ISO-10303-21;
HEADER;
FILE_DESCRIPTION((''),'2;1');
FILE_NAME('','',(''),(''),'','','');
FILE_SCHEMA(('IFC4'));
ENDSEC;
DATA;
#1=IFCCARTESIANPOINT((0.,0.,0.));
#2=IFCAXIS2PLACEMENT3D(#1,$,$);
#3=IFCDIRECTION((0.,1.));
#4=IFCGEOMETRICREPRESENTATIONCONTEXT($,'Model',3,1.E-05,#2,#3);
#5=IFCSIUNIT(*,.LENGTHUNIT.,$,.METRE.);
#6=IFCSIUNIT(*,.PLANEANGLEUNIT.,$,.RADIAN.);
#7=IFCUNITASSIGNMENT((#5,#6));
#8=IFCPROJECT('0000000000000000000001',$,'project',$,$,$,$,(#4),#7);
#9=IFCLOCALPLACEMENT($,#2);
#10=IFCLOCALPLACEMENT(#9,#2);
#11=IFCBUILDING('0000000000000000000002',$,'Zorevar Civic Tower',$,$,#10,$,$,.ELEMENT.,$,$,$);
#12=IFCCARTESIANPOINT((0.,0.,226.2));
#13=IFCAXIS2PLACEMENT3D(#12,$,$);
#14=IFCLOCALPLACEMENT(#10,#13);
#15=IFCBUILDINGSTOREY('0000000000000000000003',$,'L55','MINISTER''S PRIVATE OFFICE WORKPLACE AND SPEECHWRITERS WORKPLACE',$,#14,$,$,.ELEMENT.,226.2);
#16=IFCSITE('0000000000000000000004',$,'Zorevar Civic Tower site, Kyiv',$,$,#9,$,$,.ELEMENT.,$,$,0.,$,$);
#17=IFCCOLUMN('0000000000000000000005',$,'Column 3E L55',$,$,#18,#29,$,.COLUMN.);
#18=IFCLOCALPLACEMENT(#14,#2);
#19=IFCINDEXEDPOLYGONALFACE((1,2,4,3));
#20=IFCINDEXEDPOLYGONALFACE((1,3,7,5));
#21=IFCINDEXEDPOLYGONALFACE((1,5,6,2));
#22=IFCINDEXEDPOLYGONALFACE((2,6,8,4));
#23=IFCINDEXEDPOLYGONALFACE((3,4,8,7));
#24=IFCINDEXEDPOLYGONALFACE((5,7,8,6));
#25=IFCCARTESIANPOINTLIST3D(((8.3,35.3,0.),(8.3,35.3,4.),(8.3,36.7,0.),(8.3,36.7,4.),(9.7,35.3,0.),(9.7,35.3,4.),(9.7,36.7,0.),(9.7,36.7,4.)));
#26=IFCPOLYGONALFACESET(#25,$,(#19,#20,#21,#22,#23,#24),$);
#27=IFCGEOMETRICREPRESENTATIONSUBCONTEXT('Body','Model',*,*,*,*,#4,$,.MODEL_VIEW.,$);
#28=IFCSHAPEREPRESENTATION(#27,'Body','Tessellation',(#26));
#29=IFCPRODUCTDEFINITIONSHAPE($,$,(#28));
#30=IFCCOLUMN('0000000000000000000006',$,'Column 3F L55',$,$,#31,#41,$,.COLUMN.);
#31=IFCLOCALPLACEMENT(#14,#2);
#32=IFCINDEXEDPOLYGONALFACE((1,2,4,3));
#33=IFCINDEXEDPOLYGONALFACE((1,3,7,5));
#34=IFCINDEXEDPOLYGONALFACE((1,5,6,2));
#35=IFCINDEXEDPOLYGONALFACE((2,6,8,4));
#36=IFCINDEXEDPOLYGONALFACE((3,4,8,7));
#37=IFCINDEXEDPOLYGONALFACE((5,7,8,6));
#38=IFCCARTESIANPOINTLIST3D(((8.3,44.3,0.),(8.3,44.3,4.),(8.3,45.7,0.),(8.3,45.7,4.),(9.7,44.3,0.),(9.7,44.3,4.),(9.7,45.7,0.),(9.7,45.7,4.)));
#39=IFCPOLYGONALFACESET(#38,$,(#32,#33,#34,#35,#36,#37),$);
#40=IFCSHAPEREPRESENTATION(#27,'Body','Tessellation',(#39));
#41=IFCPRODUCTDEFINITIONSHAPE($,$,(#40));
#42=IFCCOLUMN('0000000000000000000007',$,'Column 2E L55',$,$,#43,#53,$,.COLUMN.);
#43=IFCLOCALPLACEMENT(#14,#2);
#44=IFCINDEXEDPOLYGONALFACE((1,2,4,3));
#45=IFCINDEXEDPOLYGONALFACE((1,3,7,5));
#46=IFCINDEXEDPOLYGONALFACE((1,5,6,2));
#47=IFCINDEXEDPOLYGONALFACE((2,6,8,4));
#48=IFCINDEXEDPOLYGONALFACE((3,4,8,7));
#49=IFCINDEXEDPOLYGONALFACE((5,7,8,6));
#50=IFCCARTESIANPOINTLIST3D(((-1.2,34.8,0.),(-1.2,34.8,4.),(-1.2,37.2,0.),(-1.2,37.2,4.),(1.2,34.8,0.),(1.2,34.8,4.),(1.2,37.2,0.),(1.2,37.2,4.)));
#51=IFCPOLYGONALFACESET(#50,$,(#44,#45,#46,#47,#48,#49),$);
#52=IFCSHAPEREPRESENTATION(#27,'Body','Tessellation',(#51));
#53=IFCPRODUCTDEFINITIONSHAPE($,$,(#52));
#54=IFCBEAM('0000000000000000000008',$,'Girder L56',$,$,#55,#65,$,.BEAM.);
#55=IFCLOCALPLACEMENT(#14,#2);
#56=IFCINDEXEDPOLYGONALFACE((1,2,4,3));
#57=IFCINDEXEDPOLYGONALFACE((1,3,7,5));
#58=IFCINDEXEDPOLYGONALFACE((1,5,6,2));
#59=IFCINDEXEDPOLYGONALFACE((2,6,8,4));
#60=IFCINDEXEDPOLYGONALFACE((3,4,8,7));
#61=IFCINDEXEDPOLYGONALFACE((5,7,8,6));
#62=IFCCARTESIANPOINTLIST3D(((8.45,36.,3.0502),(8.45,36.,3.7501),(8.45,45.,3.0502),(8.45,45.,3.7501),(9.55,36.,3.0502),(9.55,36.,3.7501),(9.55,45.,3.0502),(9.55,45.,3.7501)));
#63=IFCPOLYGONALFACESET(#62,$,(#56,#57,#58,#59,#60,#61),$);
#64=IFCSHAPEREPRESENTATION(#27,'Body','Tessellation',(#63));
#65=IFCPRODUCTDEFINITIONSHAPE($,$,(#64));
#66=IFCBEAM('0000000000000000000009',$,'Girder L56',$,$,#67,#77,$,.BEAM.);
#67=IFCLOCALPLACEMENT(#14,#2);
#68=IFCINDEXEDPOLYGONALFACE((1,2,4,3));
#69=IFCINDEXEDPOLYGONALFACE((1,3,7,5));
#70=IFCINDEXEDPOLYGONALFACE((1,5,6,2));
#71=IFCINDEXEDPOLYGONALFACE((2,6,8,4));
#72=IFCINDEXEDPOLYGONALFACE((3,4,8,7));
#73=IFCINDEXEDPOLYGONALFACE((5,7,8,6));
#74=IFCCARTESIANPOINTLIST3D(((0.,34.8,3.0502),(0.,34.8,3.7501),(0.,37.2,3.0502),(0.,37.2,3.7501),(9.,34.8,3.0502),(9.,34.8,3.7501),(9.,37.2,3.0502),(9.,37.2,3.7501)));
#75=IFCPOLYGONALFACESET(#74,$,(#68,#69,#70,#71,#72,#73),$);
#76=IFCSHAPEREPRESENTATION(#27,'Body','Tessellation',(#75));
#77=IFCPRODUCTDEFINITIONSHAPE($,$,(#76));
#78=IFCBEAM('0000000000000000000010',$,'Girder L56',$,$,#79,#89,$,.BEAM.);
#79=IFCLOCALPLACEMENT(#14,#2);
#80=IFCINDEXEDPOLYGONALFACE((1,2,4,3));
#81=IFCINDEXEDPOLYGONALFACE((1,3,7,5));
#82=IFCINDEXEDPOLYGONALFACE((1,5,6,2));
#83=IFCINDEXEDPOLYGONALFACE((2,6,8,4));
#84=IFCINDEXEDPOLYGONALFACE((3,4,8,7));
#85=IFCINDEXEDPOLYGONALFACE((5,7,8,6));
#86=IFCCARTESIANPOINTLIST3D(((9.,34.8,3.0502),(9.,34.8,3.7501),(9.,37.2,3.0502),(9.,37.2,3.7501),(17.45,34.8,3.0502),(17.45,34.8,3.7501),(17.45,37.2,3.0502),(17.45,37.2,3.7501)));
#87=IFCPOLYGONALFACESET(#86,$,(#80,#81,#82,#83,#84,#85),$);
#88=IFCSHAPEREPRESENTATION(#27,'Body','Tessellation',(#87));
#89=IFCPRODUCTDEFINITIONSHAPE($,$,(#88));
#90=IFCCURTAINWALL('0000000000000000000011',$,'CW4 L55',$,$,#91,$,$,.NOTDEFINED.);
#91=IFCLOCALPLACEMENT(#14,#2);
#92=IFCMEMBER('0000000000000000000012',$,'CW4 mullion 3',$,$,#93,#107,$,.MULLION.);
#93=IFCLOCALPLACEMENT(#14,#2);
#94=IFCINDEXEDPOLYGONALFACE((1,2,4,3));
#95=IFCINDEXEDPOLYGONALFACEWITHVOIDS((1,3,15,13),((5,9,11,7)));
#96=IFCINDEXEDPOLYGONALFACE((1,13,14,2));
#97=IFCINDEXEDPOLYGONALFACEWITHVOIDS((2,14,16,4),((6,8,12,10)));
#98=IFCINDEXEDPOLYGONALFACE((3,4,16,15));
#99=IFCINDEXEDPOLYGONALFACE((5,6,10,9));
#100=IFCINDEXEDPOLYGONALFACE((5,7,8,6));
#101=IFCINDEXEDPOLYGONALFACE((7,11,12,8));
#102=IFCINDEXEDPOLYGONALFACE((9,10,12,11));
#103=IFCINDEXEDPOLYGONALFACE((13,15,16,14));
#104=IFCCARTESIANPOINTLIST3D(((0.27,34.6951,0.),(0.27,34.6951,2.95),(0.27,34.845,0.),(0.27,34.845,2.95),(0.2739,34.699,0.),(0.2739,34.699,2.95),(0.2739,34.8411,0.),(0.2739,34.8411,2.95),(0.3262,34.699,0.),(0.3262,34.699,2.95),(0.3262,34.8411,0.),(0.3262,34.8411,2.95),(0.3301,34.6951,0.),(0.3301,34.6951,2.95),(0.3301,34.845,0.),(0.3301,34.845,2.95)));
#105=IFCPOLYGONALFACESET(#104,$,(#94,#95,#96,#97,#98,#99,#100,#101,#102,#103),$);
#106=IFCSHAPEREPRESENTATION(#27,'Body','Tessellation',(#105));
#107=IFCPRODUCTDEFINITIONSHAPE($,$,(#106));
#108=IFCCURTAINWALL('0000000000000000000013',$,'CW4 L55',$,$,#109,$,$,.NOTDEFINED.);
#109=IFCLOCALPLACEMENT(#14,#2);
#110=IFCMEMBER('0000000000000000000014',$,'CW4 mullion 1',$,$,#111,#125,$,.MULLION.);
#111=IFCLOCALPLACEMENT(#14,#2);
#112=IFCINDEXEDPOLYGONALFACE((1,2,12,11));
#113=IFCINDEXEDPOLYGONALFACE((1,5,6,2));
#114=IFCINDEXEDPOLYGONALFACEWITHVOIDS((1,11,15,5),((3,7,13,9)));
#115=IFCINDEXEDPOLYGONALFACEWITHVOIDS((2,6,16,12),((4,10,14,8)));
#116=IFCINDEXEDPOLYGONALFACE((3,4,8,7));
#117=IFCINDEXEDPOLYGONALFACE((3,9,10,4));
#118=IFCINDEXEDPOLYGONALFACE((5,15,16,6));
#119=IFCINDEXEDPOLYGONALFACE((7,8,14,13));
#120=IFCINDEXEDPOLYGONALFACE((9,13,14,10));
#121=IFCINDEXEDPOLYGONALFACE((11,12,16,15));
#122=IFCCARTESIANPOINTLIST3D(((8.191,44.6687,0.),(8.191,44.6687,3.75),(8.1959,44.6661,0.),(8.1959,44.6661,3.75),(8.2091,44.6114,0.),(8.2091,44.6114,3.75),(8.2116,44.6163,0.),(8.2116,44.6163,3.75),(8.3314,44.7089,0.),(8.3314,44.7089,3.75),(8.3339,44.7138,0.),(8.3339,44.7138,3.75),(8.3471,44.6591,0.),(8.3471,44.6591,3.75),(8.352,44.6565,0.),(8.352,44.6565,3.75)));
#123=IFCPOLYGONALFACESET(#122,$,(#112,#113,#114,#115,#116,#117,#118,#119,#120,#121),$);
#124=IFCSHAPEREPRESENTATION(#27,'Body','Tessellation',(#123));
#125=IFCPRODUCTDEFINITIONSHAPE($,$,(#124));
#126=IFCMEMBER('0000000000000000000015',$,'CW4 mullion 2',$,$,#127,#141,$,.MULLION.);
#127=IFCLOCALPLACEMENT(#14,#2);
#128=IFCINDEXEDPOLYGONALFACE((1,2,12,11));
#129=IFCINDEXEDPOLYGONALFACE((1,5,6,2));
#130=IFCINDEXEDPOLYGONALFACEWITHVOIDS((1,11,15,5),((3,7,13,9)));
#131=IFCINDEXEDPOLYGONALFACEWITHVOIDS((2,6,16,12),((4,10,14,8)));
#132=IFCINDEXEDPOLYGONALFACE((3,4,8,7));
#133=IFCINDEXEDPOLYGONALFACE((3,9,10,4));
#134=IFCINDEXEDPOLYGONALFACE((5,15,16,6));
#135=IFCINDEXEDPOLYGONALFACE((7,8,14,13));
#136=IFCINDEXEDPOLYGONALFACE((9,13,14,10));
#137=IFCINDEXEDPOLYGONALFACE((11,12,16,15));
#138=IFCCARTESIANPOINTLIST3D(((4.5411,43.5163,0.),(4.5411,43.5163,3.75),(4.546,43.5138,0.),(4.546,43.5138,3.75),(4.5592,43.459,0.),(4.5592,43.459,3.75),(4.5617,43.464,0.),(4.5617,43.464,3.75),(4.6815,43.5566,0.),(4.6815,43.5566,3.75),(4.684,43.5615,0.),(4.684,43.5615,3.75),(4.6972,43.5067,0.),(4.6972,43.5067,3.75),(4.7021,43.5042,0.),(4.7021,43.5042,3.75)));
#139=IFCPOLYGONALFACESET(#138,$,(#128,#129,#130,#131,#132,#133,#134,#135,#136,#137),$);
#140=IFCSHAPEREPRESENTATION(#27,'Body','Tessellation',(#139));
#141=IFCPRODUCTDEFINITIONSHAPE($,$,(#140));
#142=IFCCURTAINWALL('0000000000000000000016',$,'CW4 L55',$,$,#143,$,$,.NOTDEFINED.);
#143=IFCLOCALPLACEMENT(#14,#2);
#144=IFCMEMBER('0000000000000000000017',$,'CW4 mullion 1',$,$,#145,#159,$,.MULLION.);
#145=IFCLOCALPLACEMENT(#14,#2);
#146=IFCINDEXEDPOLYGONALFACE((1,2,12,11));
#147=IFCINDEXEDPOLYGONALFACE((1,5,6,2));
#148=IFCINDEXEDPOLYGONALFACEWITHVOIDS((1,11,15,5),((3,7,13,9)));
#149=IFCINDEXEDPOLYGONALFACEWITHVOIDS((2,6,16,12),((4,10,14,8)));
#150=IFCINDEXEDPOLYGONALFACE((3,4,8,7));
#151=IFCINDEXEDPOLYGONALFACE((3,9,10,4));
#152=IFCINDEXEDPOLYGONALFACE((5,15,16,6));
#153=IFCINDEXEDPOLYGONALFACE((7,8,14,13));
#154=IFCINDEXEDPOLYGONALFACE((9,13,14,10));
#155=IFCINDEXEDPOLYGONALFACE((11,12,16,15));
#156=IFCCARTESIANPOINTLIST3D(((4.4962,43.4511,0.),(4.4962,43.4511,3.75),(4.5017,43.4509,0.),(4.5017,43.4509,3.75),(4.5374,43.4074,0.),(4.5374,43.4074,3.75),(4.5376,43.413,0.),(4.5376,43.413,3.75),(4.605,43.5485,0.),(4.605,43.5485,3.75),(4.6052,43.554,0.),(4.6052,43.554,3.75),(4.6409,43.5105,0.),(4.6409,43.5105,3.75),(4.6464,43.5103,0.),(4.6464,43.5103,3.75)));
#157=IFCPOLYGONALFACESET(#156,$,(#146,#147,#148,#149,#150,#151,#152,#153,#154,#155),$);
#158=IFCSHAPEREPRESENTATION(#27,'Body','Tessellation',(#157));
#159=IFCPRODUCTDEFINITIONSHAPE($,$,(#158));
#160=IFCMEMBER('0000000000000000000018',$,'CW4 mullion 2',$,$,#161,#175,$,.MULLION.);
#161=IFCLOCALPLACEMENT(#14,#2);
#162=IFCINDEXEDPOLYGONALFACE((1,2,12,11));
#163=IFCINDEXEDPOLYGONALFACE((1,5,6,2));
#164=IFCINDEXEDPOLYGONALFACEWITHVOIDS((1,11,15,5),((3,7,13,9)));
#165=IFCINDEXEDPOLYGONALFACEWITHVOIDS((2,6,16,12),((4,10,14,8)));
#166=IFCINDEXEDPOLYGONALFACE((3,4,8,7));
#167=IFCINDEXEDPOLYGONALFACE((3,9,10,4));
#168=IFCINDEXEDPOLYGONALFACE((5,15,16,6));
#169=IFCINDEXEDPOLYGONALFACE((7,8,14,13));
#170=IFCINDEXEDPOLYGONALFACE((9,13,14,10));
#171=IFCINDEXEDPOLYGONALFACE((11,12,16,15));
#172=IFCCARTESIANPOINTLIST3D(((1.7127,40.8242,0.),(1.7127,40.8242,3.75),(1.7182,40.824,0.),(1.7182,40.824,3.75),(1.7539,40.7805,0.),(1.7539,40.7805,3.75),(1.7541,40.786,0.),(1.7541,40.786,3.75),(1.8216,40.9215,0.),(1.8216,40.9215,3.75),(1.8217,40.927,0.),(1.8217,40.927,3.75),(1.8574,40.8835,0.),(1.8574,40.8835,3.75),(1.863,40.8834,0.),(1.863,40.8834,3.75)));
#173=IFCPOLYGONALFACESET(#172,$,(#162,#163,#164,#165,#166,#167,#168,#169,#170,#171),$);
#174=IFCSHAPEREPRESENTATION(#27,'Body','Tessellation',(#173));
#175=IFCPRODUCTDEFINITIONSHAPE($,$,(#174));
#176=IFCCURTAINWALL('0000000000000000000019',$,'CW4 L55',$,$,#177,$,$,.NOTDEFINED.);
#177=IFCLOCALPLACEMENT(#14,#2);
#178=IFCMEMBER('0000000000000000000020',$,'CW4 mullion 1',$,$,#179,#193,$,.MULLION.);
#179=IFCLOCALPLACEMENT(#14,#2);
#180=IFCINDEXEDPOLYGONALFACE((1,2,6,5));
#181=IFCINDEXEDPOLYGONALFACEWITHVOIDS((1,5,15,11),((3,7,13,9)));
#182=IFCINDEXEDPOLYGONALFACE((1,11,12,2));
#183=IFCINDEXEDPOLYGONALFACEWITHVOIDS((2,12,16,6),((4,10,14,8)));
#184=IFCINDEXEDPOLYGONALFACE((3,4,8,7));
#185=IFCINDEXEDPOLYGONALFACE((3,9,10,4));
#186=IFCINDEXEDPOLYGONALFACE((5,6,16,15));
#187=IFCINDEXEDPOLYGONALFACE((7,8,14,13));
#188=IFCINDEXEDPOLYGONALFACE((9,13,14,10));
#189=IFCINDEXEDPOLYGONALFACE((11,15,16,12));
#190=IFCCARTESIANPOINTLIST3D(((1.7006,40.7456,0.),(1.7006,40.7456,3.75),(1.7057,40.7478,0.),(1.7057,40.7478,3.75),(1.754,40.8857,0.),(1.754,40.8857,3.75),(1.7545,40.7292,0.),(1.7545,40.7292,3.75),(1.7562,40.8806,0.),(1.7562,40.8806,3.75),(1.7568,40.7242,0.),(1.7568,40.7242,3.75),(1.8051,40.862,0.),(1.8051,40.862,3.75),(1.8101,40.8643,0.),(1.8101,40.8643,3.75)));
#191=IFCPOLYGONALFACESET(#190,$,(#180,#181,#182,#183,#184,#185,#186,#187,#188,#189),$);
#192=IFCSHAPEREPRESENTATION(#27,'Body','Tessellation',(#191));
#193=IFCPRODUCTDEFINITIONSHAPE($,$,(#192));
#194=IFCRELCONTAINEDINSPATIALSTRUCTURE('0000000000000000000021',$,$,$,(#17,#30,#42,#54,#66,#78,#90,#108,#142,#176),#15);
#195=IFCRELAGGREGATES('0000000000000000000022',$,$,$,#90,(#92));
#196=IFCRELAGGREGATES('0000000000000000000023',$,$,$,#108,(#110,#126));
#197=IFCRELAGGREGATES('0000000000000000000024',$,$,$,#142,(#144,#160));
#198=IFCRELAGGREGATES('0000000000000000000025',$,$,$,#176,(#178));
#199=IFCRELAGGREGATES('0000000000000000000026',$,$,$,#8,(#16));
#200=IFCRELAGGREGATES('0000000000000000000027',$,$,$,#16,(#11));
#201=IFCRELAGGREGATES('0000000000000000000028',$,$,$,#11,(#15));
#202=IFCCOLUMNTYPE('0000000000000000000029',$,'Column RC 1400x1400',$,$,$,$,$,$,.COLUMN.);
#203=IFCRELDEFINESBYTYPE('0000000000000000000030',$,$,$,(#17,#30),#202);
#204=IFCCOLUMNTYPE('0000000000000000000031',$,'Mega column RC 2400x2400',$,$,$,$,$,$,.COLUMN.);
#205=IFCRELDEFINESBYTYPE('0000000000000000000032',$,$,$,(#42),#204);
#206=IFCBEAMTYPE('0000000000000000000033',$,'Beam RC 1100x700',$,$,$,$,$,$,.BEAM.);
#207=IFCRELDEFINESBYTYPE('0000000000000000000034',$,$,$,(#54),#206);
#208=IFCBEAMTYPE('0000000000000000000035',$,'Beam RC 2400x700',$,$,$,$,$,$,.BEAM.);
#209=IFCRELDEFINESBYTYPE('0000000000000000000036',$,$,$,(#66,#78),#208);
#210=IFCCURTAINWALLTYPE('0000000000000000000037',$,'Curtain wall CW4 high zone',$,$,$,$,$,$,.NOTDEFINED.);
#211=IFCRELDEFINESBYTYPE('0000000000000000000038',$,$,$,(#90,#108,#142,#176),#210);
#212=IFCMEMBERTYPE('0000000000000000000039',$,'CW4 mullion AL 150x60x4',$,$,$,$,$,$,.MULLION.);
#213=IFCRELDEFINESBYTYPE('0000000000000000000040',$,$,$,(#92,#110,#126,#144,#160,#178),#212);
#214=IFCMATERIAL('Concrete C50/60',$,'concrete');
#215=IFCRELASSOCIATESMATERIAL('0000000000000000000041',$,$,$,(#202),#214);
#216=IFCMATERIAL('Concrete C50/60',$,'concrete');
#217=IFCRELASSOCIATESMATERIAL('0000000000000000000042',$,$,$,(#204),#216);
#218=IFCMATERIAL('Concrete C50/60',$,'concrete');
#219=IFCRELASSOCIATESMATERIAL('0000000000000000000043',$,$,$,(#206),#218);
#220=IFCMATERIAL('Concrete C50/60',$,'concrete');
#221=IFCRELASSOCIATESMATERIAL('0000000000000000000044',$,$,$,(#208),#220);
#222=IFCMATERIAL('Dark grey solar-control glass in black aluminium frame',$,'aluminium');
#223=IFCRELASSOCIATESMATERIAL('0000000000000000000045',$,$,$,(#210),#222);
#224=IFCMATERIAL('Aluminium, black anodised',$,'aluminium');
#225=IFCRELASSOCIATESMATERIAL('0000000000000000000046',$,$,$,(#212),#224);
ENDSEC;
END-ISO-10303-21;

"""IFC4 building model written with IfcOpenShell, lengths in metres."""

from ifc_helpers import new_model, si_unit, direction, frame, origin, origin_2d, place, context, subcontext, project, spatial, rectangle, hollow_rectangle, extrude, material, material_profile, profile_set, type_object, element, aggregate, save


model = new_model("IFC4")

# Units and contexts
model_context = context("Model", 3, precision=1e-05, world=origin(), true_north=direction((0.0, 1.0)))
body_context = subcontext(model_context, "Body", "Model", "MODEL_VIEW")
ifc_project = project(units=[si_unit("LENGTHUNIT", "METRE"), si_unit("PLANEANGLEUNIT", "RADIAN")], contexts=[model_context])

# Site, building, storey
site_placement = place(None, origin())
site = spatial("IfcSite", under=ifc_project, at=site_placement, Name="Zorevar Civic Tower site, Kyiv", CompositionType="ELEMENT", RefElevation=0.0)
building_placement = place(site_placement, origin())
building = spatial("IfcBuilding", under=site, at=building_placement, Name="Zorevar Civic Tower", CompositionType="ELEMENT")
storey_placement = place(building_placement, frame((0.0, 0.0, 226.2)))
storey = spatial("IfcBuildingStorey", under=building, at=storey_placement, Name="L55", Description="MINISTER'S PRIVATE OFFICE WORKPLACE AND SPEECHWRITERS WORKPLACE", CompositionType="ELEMENT", Elevation=226.2)

# Columns
ifc_material_1 = material(Name="Concrete C50/60", Category="concrete")
ifc_material_profile_1 = material_profile(ifc_material_1, rectangle(XDim=1.3999, YDim=1.3999, at=origin_2d()), Name="RC 1400x1400")
ifc_profile_set_1 = profile_set([ifc_material_profile_1], Name="Concrete C50/60")
column_type_1 = type_object("IfcColumnType", Name="Column RC 1400x1400", PredefinedType="COLUMN", material=ifc_profile_set_1)
for number, where, z_axis, x_axis, name in (
    (1, (9.0, 36.0, 0.0), (0.0, 0.0, 1.0), (1.0, 0.0, 0.0), "Column 3E L55"),
    (2, (9.0, 45.0, 0.0), (0.0, 0.0, 1.0), (1.0, 0.0, 0.0), "Column 3F L55"),
):
    element("IfcColumn", number, at=place(storey_placement, frame(where, z_axis=z_axis, x_axis=x_axis)), inside=storey, type_object=column_type_1, Name=name, PredefinedType="COLUMN", context=body_context, shape_type="SweptSolid", body=[
        extrude(rectangle(XDim=1.3999, YDim=1.3999, at=origin_2d()), origin(), (0.0, 0.0, 1.0), 4.0),
    ])
ifc_material_2 = material(Name="Concrete C50/60", Category="concrete")
ifc_material_profile_2 = material_profile(ifc_material_2, rectangle(XDim=2.3999, YDim=2.3999, at=origin_2d()), Name="RC 2400x2400")
ifc_profile_set_2 = profile_set([ifc_material_profile_2], Name="Concrete C50/60")
column_type_2 = type_object("IfcColumnType", Name="Mega column RC 2400x2400", PredefinedType="COLUMN", material=ifc_profile_set_2)
column_placement = place(storey_placement, frame((0.0, 36.0, 0.0), z_axis=(0.0, 0.0, 1.0), x_axis=(1.0, 0.0, 0.0)))
element("IfcColumn", 3, at=column_placement, inside=storey, type_object=column_type_2, Name="Column 2E L55", PredefinedType="COLUMN", context=body_context, shape_type="SweptSolid", body=[
    extrude(rectangle(XDim=2.3999, YDim=2.3999, at=origin_2d()), origin(), (0.0, 0.0, 1.0), 4.0),
])

# Beams
ifc_material_3 = material(Name="Concrete C50/60", Category="concrete")
ifc_material_profile_3 = material_profile(ifc_material_3, rectangle(XDim=1.1001, YDim=0.7, at=origin_2d()), Name="RC 1100x700")
ifc_profile_set_3 = profile_set([ifc_material_profile_3], Name="Concrete C50/60")
beam_type_1 = type_object("IfcBeamType", Name="Beam RC 1100x700", PredefinedType="BEAM", material=ifc_profile_set_3)
beam_1_placement = place(storey_placement, frame((9.0, 36.0, 3.4001), z_axis=(0.0, 1.0, 0.0), x_axis=(-1.0, 0.0, 0.0)))
element("IfcBeam", 4, at=beam_1_placement, inside=storey, type_object=beam_type_1, Name="Girder L56", PredefinedType="BEAM", context=body_context, shape_type="SweptSolid", body=[
    extrude(rectangle(XDim=1.1001, YDim=0.7, at=origin_2d()), origin(), (0.0, 0.0, 1.0), 9.0),
])
ifc_material_4 = material(Name="Concrete C50/60", Category="concrete")
ifc_material_profile_4 = material_profile(ifc_material_4, rectangle(XDim=2.3999, YDim=0.7, at=origin_2d()), Name="RC 2400x700")
ifc_profile_set_4 = profile_set([ifc_material_profile_4], Name="Concrete C50/60")
beam_type_2 = type_object("IfcBeamType", Name="Beam RC 2400x700", PredefinedType="BEAM", material=ifc_profile_set_4)
beam_2_placement = place(storey_placement, frame((0.0, 36.0, 3.4001), z_axis=(1.0, 0.0, 0.0), x_axis=(0.0, 1.0, 0.0)))
element("IfcBeam", 5, at=beam_2_placement, inside=storey, type_object=beam_type_2, Name="Girder L56", PredefinedType="BEAM", context=body_context, shape_type="SweptSolid", body=[
    extrude(rectangle(XDim=2.3999, YDim=0.7, at=origin_2d()), origin(), (0.0, 0.0, 1.0), 9.0),
])
beam_3_placement = place(storey_placement, frame((9.0, 36.0, 3.4001), z_axis=(1.0, 0.0, 0.0), x_axis=(0.0, 1.0, 0.0)))
element("IfcBeam", 6, at=beam_3_placement, inside=storey, type_object=beam_type_2, Name="Girder L56", PredefinedType="BEAM", context=body_context, shape_type="SweptSolid", body=[
    extrude(rectangle(XDim=2.3999, YDim=0.7, at=origin_2d()), origin(), (0.0, 0.0, 1.0), 8.45),
])

# Curtain wall, member
ifc_material_5 = material(Name="Dark grey solar-control glass in black aluminium frame", Category="aluminium")
curtain_wall_type = type_object("IfcCurtainWallType", Name="Curtain wall CW4 high zone", PredefinedType="NOTDEFINED", material=ifc_material_5)
curtain_wall_1_placement = place(storey_placement, origin())
curtain_wall_1 = element("IfcCurtainWall", 7, at=curtain_wall_1_placement, inside=storey, type_object=curtain_wall_type, Name="CW4 L55", PredefinedType="NOTDEFINED")
ifc_material_6 = material(Name="Aluminium, black anodised", Category="aluminium")
ifc_material_profile_5 = material_profile(ifc_material_6, hollow_rectangle(XDim=0.0601, YDim=0.1499, WallThickness=0.0039, at=origin_2d()), Name="AL 150x60x4")
ifc_profile_set_5 = profile_set([ifc_material_profile_5], Name="Aluminium, black anodised")
member_type_1 = type_object("IfcMemberType", Name="CW4 mullion AL 150x60x4", PredefinedType="MULLION", material=ifc_profile_set_5)
member_1_placement = place(storey_placement, frame((0.3, 34.77, 0.0), z_axis=(0.0, 0.0, 1.0), x_axis=(-1.0, 0.0, 0.0)))
member_1 = element("IfcMember", 8, at=member_1_placement, type_object=member_type_1, Name="CW4 mullion 3", PredefinedType="MULLION", context=body_context, shape_type="SweptSolid", body=[
    extrude(hollow_rectangle(XDim=0.0601, YDim=0.1499, WallThickness=0.0039, at=origin_2d()), origin(), (0.0, 0.0, 1.0), 2.95),
])

# Curtain walls, members
curtain_wall_2_placement = place(storey_placement, origin())
curtain_wall_2 = element("IfcCurtainWall", 9, at=curtain_wall_2_placement, inside=storey, type_object=curtain_wall_type, Name="CW4 L55", PredefinedType="NOTDEFINED")
member_2_placement = place(storey_placement, frame((8.2715, 44.6626, 0.0), z_axis=(0.0, 0.0, 1.0), x_axis=(0.301108, -0.95359, 0.0)))
member_2 = element("IfcMember", 10, at=member_2_placement, type_object=member_type_1, Name="CW4 mullion 1", PredefinedType="MULLION", context=body_context, shape_type="SweptSolid", body=[
    extrude(hollow_rectangle(XDim=0.0601, YDim=0.1499, WallThickness=0.0039, at=origin_2d()), origin(), (0.0, 0.0, 1.0), 3.75),
])
member_3_placement = place(storey_placement, frame((4.6216, 43.5103, 0.0), z_axis=(0.0, 0.0, 1.0), x_axis=(0.301108, -0.95359, 0.0)))
member_3 = element("IfcMember", 11, at=member_3_placement, type_object=member_type_1, Name="CW4 mullion 2", PredefinedType="MULLION", context=body_context, shape_type="SweptSolid", body=[
    extrude(hollow_rectangle(XDim=0.0601, YDim=0.1499, WallThickness=0.0039, at=origin_2d()), origin(), (0.0, 0.0, 1.0), 3.75),
])
curtain_wall_3_placement = place(storey_placement, origin())
curtain_wall_3 = element("IfcCurtainWall", 12, at=curtain_wall_3_placement, inside=storey, type_object=curtain_wall_type, Name="CW4 L55", PredefinedType="NOTDEFINED")
member_4_placement = place(storey_placement, frame((4.5713, 43.4807, 0.0), z_axis=(0.0, 0.0, 1.0), x_axis=(0.686378, -0.727245, 0.0)))
member_4 = element("IfcMember", 13, at=member_4_placement, type_object=member_type_1, Name="CW4 mullion 1", PredefinedType="MULLION", context=body_context, shape_type="SweptSolid", body=[
    extrude(hollow_rectangle(XDim=0.0601, YDim=0.1499, WallThickness=0.0039, at=origin_2d()), origin(), (0.0, 0.0, 1.0), 3.75),
])
member_5_placement = place(storey_placement, frame((1.7878, 40.8538, 0.0), z_axis=(0.0, 0.0, 1.0), x_axis=(0.686378, -0.727245, 0.0)))
member_5 = element("IfcMember", 14, at=member_5_placement, type_object=member_type_1, Name="CW4 mullion 2", PredefinedType="MULLION", context=body_context, shape_type="SweptSolid", body=[
    extrude(hollow_rectangle(XDim=0.0601, YDim=0.1499, WallThickness=0.0039, at=origin_2d()), origin(), (0.0, 0.0, 1.0), 3.75),
])
curtain_wall_4_placement = place(storey_placement, origin())
curtain_wall_4 = element("IfcCurtainWall", 15, at=curtain_wall_4_placement, inside=storey, type_object=curtain_wall_type, Name="CW4 L55", PredefinedType="NOTDEFINED")
member_6_placement = place(storey_placement, frame((1.7554, 40.8049, 0.0), z_axis=(0.0, 0.0, 1.0), x_axis=(0.934588, -0.355731, 0.0)))
member_6 = element("IfcMember", 16, at=member_6_placement, type_object=member_type_1, Name="CW4 mullion 1", PredefinedType="MULLION", context=body_context, shape_type="SweptSolid", body=[
    extrude(hollow_rectangle(XDim=0.0601, YDim=0.1499, WallThickness=0.0039, at=origin_2d()), origin(), (0.0, 0.0, 1.0), 3.75),
])

aggregate(curtain_wall_1, [member_1])
aggregate(curtain_wall_2, [member_2, member_3])
aggregate(curtain_wall_3, [member_4, member_5])
aggregate(curtain_wall_4, [member_6])

save(model, "model.ifc")
